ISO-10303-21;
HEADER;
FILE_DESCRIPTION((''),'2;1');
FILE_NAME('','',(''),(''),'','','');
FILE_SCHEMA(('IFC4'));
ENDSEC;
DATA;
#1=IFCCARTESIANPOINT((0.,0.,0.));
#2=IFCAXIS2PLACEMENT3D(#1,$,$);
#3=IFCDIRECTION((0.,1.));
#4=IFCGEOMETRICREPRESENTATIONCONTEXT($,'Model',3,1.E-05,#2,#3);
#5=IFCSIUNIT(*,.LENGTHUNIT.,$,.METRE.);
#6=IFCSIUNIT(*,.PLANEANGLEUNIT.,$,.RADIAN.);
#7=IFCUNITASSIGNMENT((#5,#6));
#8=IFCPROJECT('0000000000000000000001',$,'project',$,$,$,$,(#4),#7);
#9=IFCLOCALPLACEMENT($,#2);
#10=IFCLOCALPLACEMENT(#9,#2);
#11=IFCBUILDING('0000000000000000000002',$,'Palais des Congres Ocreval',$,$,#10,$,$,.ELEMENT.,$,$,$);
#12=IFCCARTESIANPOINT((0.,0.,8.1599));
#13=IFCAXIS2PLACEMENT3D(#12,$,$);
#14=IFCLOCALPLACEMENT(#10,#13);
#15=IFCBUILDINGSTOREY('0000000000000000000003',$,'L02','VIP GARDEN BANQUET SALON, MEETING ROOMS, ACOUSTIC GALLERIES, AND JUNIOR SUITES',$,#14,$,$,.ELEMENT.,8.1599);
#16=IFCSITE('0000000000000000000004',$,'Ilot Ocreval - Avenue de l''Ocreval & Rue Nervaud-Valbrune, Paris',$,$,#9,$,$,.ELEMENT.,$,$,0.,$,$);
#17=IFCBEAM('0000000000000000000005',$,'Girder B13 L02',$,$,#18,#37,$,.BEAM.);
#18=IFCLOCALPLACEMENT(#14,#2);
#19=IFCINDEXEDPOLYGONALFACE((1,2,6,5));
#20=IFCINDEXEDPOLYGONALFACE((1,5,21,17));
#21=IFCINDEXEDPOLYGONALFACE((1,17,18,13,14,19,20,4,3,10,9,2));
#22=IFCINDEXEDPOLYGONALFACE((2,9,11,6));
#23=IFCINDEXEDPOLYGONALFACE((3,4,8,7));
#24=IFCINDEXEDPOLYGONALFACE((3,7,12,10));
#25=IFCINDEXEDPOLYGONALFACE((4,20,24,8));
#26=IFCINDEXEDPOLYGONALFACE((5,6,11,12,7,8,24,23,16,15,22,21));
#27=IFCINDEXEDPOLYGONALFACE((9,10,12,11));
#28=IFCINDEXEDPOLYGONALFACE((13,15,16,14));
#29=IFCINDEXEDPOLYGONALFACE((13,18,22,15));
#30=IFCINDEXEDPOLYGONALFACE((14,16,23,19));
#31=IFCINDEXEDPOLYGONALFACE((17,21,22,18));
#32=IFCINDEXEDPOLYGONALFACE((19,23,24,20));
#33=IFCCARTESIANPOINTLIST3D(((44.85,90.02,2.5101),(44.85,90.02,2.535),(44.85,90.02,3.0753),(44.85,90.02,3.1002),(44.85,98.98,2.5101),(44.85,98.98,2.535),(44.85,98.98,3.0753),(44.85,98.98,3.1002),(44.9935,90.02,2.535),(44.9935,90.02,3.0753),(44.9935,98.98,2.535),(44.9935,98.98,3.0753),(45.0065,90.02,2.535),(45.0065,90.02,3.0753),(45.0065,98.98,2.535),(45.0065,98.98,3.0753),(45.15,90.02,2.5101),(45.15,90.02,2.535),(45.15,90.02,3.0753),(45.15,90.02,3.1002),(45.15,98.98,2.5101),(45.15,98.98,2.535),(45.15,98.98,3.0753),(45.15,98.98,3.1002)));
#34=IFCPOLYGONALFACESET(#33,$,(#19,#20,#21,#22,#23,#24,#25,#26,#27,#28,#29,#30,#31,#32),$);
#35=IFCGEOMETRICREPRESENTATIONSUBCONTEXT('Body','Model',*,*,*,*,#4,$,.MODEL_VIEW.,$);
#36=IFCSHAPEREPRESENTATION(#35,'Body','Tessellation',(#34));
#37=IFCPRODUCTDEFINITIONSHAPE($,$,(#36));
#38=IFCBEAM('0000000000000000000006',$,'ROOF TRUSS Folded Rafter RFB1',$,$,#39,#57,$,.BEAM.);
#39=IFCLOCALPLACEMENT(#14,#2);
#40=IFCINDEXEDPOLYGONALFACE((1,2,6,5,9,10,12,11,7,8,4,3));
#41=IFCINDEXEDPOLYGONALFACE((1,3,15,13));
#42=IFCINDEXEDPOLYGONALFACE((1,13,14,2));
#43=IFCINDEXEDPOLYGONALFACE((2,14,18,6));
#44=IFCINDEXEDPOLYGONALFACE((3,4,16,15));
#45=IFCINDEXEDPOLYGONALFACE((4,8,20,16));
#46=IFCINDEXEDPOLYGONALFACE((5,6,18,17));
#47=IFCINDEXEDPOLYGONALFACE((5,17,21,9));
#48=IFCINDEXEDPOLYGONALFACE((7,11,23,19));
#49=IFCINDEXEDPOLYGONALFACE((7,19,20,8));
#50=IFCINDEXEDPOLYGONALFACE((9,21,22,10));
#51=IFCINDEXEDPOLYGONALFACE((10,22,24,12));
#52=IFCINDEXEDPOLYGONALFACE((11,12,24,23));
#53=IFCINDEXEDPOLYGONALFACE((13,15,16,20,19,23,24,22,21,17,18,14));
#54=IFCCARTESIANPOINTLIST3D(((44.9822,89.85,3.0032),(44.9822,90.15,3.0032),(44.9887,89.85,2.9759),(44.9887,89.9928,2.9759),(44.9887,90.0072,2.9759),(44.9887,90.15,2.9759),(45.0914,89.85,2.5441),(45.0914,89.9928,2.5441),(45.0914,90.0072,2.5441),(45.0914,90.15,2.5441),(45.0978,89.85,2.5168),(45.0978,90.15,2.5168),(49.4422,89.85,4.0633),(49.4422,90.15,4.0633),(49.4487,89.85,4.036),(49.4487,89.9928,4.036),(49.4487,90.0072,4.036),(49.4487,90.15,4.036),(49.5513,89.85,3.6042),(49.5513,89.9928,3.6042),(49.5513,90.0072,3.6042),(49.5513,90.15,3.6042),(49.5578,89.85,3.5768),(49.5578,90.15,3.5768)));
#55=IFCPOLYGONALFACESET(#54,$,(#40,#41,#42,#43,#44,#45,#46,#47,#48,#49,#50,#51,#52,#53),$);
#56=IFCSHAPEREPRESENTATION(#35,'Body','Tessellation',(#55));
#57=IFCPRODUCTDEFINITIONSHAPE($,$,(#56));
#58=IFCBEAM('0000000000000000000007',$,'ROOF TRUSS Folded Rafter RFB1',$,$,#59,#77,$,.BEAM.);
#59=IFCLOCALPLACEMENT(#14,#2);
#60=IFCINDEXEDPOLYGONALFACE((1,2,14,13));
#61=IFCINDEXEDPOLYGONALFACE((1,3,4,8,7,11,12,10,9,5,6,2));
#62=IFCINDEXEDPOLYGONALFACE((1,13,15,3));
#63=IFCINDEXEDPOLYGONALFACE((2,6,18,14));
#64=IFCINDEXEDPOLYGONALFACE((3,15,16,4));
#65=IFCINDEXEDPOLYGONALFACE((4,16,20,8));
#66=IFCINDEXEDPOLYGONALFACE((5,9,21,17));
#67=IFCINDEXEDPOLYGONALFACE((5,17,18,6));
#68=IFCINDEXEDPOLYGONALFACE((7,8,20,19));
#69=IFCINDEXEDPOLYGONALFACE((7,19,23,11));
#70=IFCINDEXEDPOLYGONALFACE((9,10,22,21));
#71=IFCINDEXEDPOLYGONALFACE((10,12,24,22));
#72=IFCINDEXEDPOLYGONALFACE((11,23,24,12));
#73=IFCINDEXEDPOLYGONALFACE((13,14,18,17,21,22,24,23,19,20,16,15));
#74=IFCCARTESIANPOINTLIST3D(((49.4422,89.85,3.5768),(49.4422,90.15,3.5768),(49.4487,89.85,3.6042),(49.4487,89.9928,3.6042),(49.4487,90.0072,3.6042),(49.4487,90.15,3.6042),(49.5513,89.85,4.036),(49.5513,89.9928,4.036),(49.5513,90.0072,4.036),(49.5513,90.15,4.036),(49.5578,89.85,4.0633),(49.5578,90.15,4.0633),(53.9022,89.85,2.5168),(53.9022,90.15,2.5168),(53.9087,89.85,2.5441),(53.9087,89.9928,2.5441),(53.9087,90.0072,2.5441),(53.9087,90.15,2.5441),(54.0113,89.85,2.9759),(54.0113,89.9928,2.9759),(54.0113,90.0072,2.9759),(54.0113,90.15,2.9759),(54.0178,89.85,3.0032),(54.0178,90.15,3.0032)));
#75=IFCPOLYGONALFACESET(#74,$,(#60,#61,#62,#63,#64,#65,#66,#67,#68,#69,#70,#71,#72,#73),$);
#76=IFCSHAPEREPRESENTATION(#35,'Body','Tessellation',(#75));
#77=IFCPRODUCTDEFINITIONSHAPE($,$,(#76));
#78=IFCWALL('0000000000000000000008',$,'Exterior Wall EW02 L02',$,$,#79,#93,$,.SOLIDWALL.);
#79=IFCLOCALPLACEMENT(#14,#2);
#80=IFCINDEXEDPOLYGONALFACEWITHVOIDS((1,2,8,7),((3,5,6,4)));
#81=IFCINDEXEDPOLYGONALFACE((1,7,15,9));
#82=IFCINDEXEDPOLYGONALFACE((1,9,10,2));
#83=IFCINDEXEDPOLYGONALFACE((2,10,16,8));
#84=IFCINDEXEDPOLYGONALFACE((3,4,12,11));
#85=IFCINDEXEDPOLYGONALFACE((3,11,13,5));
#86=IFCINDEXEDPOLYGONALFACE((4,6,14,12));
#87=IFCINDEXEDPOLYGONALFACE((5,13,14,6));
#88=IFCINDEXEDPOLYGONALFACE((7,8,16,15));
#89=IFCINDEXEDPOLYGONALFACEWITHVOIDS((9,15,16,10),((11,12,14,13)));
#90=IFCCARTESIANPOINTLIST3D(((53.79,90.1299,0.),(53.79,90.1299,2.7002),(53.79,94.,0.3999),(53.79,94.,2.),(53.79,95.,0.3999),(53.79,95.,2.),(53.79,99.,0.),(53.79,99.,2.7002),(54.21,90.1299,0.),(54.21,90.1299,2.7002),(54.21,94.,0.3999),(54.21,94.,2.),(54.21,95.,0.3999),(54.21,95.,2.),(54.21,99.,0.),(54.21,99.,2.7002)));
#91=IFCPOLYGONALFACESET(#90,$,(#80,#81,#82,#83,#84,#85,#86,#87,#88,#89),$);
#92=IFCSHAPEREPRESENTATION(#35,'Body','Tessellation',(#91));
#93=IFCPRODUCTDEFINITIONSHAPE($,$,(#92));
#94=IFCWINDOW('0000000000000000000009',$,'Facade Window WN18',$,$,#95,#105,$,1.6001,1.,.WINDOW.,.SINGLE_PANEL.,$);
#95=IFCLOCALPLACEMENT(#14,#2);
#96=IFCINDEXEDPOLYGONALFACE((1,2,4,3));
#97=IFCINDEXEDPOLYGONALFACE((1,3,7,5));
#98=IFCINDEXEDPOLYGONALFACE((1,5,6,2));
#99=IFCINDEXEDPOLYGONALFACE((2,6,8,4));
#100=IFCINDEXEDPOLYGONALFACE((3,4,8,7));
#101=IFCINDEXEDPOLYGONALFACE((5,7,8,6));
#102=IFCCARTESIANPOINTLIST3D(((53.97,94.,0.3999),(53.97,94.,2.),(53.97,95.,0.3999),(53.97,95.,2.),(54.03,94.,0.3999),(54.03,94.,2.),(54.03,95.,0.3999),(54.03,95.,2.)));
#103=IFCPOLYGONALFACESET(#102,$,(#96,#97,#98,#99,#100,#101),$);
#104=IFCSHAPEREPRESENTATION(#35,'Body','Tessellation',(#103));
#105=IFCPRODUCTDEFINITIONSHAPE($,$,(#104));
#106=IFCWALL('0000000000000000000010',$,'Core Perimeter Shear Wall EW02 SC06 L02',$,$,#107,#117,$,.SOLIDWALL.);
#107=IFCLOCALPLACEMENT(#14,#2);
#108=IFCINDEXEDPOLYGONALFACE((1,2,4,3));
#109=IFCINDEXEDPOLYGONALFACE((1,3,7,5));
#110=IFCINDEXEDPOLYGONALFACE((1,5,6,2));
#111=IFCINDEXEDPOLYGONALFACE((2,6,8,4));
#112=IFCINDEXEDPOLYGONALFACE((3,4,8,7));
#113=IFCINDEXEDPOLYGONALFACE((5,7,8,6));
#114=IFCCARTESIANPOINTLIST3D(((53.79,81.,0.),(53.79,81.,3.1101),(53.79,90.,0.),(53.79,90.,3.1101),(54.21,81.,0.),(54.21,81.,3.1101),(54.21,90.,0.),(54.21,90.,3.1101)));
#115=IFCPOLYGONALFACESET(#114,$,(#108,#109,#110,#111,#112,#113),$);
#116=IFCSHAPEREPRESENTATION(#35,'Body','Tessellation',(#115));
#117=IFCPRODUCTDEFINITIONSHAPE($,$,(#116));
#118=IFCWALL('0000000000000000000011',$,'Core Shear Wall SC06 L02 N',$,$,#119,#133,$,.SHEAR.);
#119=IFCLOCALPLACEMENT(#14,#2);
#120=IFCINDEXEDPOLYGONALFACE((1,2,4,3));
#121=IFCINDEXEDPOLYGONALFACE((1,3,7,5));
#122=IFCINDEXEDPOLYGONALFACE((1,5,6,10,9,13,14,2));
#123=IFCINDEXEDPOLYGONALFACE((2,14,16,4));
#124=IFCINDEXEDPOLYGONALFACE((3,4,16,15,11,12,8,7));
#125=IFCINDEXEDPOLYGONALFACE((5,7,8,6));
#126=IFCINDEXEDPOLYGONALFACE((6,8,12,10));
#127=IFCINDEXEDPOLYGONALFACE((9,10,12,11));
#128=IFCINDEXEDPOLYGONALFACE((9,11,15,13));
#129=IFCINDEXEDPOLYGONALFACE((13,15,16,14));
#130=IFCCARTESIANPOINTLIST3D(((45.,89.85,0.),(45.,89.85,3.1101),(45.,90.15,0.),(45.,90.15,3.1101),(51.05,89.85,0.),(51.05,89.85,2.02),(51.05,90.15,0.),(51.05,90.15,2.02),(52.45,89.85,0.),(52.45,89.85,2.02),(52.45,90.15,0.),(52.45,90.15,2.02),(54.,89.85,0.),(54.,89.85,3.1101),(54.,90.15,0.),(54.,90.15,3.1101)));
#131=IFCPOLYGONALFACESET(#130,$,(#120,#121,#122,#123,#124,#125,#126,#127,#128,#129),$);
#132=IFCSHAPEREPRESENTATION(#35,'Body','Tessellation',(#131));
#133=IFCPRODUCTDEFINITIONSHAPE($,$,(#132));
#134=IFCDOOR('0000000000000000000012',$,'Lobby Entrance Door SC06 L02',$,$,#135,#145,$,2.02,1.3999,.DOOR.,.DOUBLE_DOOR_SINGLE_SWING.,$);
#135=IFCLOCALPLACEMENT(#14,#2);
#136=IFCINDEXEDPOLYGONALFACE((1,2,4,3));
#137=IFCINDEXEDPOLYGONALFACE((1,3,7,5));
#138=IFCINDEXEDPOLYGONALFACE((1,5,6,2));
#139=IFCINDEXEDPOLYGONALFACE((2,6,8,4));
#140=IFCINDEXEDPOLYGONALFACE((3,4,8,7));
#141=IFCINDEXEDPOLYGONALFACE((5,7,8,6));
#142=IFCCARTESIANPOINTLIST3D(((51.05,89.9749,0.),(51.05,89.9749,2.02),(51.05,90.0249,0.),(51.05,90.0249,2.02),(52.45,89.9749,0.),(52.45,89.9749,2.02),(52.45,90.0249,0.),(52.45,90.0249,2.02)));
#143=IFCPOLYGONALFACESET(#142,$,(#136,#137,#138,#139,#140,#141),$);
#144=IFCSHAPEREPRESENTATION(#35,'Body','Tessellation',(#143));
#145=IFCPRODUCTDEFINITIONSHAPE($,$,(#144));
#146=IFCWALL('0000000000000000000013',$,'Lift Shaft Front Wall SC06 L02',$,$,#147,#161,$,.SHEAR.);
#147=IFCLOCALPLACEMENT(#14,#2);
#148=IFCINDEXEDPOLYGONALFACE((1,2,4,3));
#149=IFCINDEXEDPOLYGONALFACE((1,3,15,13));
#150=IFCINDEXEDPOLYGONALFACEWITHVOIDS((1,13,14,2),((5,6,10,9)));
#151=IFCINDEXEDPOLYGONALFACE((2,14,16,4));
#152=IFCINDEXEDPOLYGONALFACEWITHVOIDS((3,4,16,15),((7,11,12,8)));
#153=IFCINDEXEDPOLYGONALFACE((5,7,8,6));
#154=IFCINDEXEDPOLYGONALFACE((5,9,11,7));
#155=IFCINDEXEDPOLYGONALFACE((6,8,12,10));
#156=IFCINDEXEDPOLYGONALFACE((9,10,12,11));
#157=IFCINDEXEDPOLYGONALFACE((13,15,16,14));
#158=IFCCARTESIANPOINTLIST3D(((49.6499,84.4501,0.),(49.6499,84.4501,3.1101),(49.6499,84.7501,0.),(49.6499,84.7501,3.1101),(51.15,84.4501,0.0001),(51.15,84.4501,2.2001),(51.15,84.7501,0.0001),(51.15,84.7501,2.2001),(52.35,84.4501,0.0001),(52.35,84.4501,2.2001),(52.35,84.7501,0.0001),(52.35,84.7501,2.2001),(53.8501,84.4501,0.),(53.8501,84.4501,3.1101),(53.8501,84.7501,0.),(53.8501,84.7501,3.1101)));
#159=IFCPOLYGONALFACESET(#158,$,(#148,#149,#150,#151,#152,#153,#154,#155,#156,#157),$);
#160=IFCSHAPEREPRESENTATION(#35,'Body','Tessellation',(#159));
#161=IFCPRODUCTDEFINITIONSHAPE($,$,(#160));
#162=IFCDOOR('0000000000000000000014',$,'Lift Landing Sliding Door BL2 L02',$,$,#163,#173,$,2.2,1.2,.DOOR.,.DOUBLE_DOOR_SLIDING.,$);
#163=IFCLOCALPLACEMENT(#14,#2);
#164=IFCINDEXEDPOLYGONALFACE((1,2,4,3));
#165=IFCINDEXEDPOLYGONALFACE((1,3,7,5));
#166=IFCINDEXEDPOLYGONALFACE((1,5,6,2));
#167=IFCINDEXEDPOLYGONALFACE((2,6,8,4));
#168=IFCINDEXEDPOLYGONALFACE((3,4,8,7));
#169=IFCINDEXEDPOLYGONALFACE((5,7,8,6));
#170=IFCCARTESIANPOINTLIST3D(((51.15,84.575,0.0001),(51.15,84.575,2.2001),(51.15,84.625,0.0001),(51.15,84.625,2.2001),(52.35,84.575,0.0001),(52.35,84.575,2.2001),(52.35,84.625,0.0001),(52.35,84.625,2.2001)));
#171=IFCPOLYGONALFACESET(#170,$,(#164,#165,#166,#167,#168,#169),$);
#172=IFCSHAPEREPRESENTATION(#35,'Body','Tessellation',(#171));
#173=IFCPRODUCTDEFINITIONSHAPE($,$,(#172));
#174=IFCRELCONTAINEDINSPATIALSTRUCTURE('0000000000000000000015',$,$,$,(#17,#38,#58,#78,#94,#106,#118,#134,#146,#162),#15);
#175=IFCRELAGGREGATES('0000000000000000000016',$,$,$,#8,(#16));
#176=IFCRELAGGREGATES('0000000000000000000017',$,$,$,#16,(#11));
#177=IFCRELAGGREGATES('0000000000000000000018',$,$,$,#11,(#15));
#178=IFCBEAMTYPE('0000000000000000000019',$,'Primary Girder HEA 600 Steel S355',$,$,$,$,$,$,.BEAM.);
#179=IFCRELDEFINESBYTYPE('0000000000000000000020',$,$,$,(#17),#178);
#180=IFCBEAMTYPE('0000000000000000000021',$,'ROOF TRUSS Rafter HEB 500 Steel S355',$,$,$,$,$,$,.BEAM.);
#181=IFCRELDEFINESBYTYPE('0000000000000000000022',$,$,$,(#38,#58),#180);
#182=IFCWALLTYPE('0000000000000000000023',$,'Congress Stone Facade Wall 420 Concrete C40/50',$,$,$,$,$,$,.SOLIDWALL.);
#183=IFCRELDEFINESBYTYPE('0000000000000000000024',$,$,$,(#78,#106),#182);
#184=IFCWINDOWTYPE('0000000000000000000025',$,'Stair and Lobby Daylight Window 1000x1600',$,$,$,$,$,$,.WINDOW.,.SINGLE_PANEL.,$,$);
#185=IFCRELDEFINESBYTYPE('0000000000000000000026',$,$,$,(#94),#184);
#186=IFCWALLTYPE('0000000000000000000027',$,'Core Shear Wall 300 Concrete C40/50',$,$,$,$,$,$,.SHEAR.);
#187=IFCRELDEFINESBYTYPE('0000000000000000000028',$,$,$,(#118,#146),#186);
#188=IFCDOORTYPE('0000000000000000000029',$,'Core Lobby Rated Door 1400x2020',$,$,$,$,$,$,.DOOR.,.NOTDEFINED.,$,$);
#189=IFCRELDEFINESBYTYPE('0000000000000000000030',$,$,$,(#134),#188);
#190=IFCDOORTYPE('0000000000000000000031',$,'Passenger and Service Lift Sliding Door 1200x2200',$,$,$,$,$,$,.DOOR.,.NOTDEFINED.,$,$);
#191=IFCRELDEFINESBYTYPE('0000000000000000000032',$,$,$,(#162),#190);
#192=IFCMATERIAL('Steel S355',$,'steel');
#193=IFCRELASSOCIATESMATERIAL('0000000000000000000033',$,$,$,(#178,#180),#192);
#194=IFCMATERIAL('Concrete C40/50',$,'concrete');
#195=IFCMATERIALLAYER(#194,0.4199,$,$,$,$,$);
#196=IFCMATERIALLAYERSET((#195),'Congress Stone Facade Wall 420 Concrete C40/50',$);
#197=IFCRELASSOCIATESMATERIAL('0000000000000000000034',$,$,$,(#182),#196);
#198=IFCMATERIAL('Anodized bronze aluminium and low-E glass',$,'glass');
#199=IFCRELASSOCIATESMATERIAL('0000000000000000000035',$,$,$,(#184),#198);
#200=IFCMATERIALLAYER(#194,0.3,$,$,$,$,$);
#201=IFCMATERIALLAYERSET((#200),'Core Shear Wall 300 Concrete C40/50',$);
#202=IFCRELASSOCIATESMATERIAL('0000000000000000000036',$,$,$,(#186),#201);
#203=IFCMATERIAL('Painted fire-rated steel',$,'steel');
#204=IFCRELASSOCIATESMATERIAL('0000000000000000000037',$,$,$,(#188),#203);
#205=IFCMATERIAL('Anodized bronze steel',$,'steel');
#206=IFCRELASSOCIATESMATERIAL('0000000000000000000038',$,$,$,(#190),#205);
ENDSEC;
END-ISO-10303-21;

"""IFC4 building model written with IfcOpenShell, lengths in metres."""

from ifc_helpers import new_model, si_unit, direction, frame, frame_2d, origin, origin_2d, place, context, subcontext, project, spatial, rectangle, i_section, extrude, material, layer, layer_set, material_profile, profile_set, type_object, element, fill, save


model = new_model("IFC4")

# Units and contexts
model_context = context("Model", 3, precision=1e-05, world=origin(), true_north=direction((0.0, 1.0)))
body_context = subcontext(model_context, "Body", "Model", "MODEL_VIEW")
ifc_project = project(units=[si_unit("LENGTHUNIT", "METRE"), si_unit("PLANEANGLEUNIT", "RADIAN")], contexts=[model_context])

# Site, building, storey
site_placement = place(None, origin())
site = spatial("IfcSite", under=ifc_project, at=site_placement, Name="Ilot Ocreval - Avenue de l'Ocreval & Rue Nervaud-Valbrune, Paris", CompositionType="ELEMENT", RefElevation=0.0)
building_placement = place(site_placement, origin())
building = spatial("IfcBuilding", under=site, at=building_placement, Name="Palais des Congres Ocreval", CompositionType="ELEMENT")
storey_placement = place(building_placement, frame((0.0, 0.0, 8.1599)))
storey = spatial("IfcBuildingStorey", under=building, at=storey_placement, Name="L02", Description="VIP GARDEN BANQUET SALON, MEETING ROOMS, ACOUSTIC GALLERIES, AND JUNIOR SUITES", CompositionType="ELEMENT", Elevation=8.1599)

# Shared definitions
ifc_material_1 = material(Name="Steel S355", Category="steel")

# Beams
ifc_material_profile_1 = material_profile(ifc_material_1, i_section(OverallWidth=0.3, OverallDepth=0.5901, WebThickness=0.0129, FlangeThickness=0.0249, at=origin_2d()), Name="HEA 600")
ifc_profile_set_1 = profile_set([ifc_material_profile_1], Name="Steel S355")
beam_type_1 = type_object("IfcBeamType", Name="Primary Girder HEA 600 Steel S355", PredefinedType="BEAM", material=ifc_profile_set_1)
beam_1_placement = place(storey_placement, frame((45.0, 90.02, 2.8052), z_axis=(0.0, 1.0, 0.0), x_axis=(-1.0, 0.0, 0.0)))
element("IfcBeam", 1, at=beam_1_placement, inside=storey, type_object=beam_type_1, Name="Girder B13 L02", PredefinedType="BEAM", context=body_context, shape_type="SweptSolid", body=[
    extrude(i_section(OverallWidth=0.3, OverallDepth=0.5901, WebThickness=0.0129, FlangeThickness=0.0249, at=origin_2d()), origin(), (0.0, 0.0, 1.0), 8.96),
])
ifc_material_profile_2 = material_profile(ifc_material_1, i_section(OverallWidth=0.3, OverallDepth=0.5, WebThickness=0.0144, FlangeThickness=0.0281, at=origin_2d()), Name="HEB 500")
ifc_profile_set_2 = profile_set([ifc_material_profile_2], Name="Steel S355")
beam_type_2 = type_object("IfcBeamType", Name="ROOF TRUSS Rafter HEB 500 Steel S355", PredefinedType="BEAM", material=ifc_profile_set_2)
for number, where, z_axis, x_axis, name in (
    (2, (45.04, 90.0, 2.76), (0.972896, 0.0, 0.231241), (0.0, 1.0, 0.0), "ROOF TRUSS Folded Rafter RFB1"),
    (3, (49.5, 90.0, 3.8201), (0.972896, 0.0, -0.231241), (0.0, 1.0, 0.0), "ROOF TRUSS Folded Rafter RFB1"),
):
    element("IfcBeam", number, at=place(storey_placement, frame(where, z_axis=z_axis, x_axis=x_axis)), inside=storey, type_object=beam_type_2, Name=name, PredefinedType="BEAM", context=body_context, shape_type="SweptSolid", body=[
        extrude(i_section(OverallWidth=0.3, OverallDepth=0.5, WebThickness=0.0144, FlangeThickness=0.0281, at=origin_2d()), origin(), (0.0, 0.0, 1.0), 4.5842),
    ])

# Wall, opening, window
ifc_material_2 = material(Name="Concrete C40/50", Category="concrete")
ifc_layer_1 = layer(ifc_material_2, 0.4199)
ifc_layer_set_1 = layer_set([ifc_layer_1], Name="Congress Stone Facade Wall 420 Concrete C40/50")
wall_type_1 = type_object("IfcWallType", Name="Congress Stone Facade Wall 420 Concrete C40/50", PredefinedType="SOLIDWALL", material=ifc_layer_set_1)
wall_1_placement = place(storey_placement, frame((54.0, 99.0, 0.0), z_axis=(0.0, 0.0, 1.0), x_axis=(0.0, -1.0, 0.0)))
wall_1 = element("IfcWall", 4, at=wall_1_placement, inside=storey, type_object=wall_type_1, Name="Exterior Wall EW02 L02", PredefinedType="SOLIDWALL", context=body_context, shape_type="SweptSolid", body=[
    extrude(rectangle(XDim=8.8701, YDim=0.4199, at=frame_2d((4.4351, 0.0))), origin(), (0.0, 0.0, 1.0), 2.7002),
])
opening_1_placement = place(wall_1_placement, frame((4.0, 0.0, 0.3999)))
opening_1 = element("IfcOpeningElement", 5, at=opening_1_placement, cuts=wall_1, PredefinedType="OPENING", context=body_context, shape_type="SweptSolid", body=[
    extrude(rectangle(XDim=1.0, YDim=1.6001, at=frame_2d((0.5, 0.8))), frame((0.0, 0.22, 0.0), z_axis=(0.0, -1.0, 0.0), x_axis=(1.0, 0.0, 0.0)), (0.0, 0.0, 1.0), 0.4399),
])
ifc_material_3 = material(Name="Anodized bronze aluminium and low-E glass", Category="glass")
window_type = type_object("IfcWindowType", Name="Stair and Lobby Daylight Window 1000x1600", PartitioningType="SINGLE_PANEL", PredefinedType="WINDOW", material=ifc_material_3)
window_placement = place(opening_1_placement, origin())
window = element("IfcWindow", 6, at=window_placement, inside=storey, type_object=window_type, Name="Facade Window WN18", OverallHeight=1.6001, OverallWidth=1.0, PartitioningType="SINGLE_PANEL", PredefinedType="WINDOW", context=body_context, shape_type="SweptSolid", body=[
    extrude(rectangle(XDim=1.0, YDim=1.6001, at=frame_2d((0.5, 0.8))), frame((0.0, 0.03, 0.0), z_axis=(0.0, -1.0, 0.0), x_axis=(1.0, 0.0, 0.0)), (0.0, 0.0, 1.0), 0.0601),
])
fill(opening_1, window)

# Wall
wall_2_placement = place(storey_placement, frame((54.0, 90.0, 0.0), z_axis=(0.0, 0.0, 1.0), x_axis=(0.0, -1.0, 0.0)))
element("IfcWall", 7, at=wall_2_placement, inside=storey, type_object=wall_type_1, Name="Core Perimeter Shear Wall EW02 SC06 L02", PredefinedType="SOLIDWALL", context=body_context, shape_type="SweptSolid", body=[
    extrude(rectangle(XDim=9.0, YDim=0.4199, at=frame_2d((4.5, 0.0))), origin(), (0.0, 0.0, 1.0), 3.1101),
])

# Walls, openings, doors
ifc_layer_2 = layer(ifc_material_2, 0.3)
ifc_layer_set_2 = layer_set([ifc_layer_2], Name="Core Shear Wall 300 Concrete C40/50")
wall_type_2 = type_object("IfcWallType", Name="Core Shear Wall 300 Concrete C40/50", PredefinedType="SHEAR", material=ifc_layer_set_2)
wall_3_placement = place(storey_placement, frame((45.0, 90.0, 0.0), z_axis=(0.0, 0.0, 1.0), x_axis=(1.0, 0.0, 0.0)))
wall_3 = element("IfcWall", 8, at=wall_3_placement, inside=storey, type_object=wall_type_2, Name="Core Shear Wall SC06 L02 N", PredefinedType="SHEAR", context=body_context, shape_type="SweptSolid", body=[
    extrude(rectangle(XDim=9.0, YDim=0.3, at=frame_2d((4.5, 0.0))), origin(), (0.0, 0.0, 1.0), 3.1101),
])
opening_2_placement = place(wall_3_placement, frame((6.05, 0.0, 0.0)))
opening_2 = element("IfcOpeningElement", 9, at=opening_2_placement, cuts=wall_3, PredefinedType="OPENING", context=body_context, shape_type="SweptSolid", body=[
    extrude(rectangle(XDim=1.3999, YDim=2.02, at=frame_2d((0.7, 1.01))), frame((0.0, 0.1599, 0.0), z_axis=(0.0, -1.0, 0.0), x_axis=(1.0, 0.0, 0.0)), (0.0, 0.0, 1.0), 0.3201),
])
ifc_material_4 = material(Name="Painted fire-rated steel", Category="steel")
door_type_1 = type_object("IfcDoorType", Name="Core Lobby Rated Door 1400x2020", OperationType="NOTDEFINED", PredefinedType="DOOR", material=ifc_material_4)
door_1_placement = place(opening_2_placement, origin())
door_1 = element("IfcDoor", 10, at=door_1_placement, inside=storey, type_object=door_type_1, Name="Lobby Entrance Door SC06 L02", OperationType="DOUBLE_DOOR_SINGLE_SWING", OverallHeight=2.02, OverallWidth=1.3999, PredefinedType="DOOR", context=body_context, shape_type="SweptSolid", body=[
    extrude(rectangle(XDim=1.3999, YDim=2.02, at=frame_2d((0.7, 1.01))), frame((0.0, 0.0249, 0.0), z_axis=(0.0, -1.0, 0.0), x_axis=(1.0, 0.0, 0.0)), (0.0, 0.0, 1.0), 0.05),
])
fill(opening_2, door_1)
wall_4_placement = place(storey_placement, frame((49.6499, 84.6001, 0.0), z_axis=(0.0, 0.0, 1.0), x_axis=(1.0, 0.0, 0.0)))
wall_4 = element("IfcWall", 11, at=wall_4_placement, inside=storey, type_object=wall_type_2, Name="Lift Shaft Front Wall SC06 L02", PredefinedType="SHEAR", context=body_context, shape_type="SweptSolid", body=[
    extrude(rectangle(XDim=4.2002, YDim=0.3, at=frame_2d((2.1001, 0.0))), origin(), (0.0, 0.0, 1.0), 3.1101),
])
opening_3_placement = place(wall_4_placement, frame((1.5, 0.0, 0.0)))
opening_3 = element("IfcOpeningElement", 12, at=opening_3_placement, cuts=wall_4, PredefinedType="OPENING", context=body_context, shape_type="SweptSolid", body=[
    extrude(rectangle(XDim=1.2, YDim=2.2, at=frame_2d((0.6001, 1.1001))), frame((0.0, 0.1599, 0.0), z_axis=(0.0, -1.0, 0.0), x_axis=(1.0, 0.0, 0.0)), (0.0, 0.0, 1.0), 0.3201),
])
ifc_material_5 = material(Name="Anodized bronze steel", Category="steel")
door_type_2 = type_object("IfcDoorType", Name="Passenger and Service Lift Sliding Door 1200x2200", OperationType="NOTDEFINED", PredefinedType="DOOR", material=ifc_material_5)
door_2_placement = place(opening_3_placement, origin())
door_2 = element("IfcDoor", 13, at=door_2_placement, inside=storey, type_object=door_type_2, Name="Lift Landing Sliding Door BL2 L02", OperationType="DOUBLE_DOOR_SLIDING", OverallHeight=2.2, OverallWidth=1.2, PredefinedType="DOOR", context=body_context, shape_type="SweptSolid", body=[
    extrude(rectangle(XDim=1.2, YDim=2.2, at=frame_2d((0.6001, 1.1001))), frame((0.0, 0.0249, 0.0), z_axis=(0.0, -1.0, 0.0), x_axis=(1.0, 0.0, 0.0)), (0.0, 0.0, 1.0), 0.05),
])
fill(opening_3, door_2)

save(model, "model.ifc")
